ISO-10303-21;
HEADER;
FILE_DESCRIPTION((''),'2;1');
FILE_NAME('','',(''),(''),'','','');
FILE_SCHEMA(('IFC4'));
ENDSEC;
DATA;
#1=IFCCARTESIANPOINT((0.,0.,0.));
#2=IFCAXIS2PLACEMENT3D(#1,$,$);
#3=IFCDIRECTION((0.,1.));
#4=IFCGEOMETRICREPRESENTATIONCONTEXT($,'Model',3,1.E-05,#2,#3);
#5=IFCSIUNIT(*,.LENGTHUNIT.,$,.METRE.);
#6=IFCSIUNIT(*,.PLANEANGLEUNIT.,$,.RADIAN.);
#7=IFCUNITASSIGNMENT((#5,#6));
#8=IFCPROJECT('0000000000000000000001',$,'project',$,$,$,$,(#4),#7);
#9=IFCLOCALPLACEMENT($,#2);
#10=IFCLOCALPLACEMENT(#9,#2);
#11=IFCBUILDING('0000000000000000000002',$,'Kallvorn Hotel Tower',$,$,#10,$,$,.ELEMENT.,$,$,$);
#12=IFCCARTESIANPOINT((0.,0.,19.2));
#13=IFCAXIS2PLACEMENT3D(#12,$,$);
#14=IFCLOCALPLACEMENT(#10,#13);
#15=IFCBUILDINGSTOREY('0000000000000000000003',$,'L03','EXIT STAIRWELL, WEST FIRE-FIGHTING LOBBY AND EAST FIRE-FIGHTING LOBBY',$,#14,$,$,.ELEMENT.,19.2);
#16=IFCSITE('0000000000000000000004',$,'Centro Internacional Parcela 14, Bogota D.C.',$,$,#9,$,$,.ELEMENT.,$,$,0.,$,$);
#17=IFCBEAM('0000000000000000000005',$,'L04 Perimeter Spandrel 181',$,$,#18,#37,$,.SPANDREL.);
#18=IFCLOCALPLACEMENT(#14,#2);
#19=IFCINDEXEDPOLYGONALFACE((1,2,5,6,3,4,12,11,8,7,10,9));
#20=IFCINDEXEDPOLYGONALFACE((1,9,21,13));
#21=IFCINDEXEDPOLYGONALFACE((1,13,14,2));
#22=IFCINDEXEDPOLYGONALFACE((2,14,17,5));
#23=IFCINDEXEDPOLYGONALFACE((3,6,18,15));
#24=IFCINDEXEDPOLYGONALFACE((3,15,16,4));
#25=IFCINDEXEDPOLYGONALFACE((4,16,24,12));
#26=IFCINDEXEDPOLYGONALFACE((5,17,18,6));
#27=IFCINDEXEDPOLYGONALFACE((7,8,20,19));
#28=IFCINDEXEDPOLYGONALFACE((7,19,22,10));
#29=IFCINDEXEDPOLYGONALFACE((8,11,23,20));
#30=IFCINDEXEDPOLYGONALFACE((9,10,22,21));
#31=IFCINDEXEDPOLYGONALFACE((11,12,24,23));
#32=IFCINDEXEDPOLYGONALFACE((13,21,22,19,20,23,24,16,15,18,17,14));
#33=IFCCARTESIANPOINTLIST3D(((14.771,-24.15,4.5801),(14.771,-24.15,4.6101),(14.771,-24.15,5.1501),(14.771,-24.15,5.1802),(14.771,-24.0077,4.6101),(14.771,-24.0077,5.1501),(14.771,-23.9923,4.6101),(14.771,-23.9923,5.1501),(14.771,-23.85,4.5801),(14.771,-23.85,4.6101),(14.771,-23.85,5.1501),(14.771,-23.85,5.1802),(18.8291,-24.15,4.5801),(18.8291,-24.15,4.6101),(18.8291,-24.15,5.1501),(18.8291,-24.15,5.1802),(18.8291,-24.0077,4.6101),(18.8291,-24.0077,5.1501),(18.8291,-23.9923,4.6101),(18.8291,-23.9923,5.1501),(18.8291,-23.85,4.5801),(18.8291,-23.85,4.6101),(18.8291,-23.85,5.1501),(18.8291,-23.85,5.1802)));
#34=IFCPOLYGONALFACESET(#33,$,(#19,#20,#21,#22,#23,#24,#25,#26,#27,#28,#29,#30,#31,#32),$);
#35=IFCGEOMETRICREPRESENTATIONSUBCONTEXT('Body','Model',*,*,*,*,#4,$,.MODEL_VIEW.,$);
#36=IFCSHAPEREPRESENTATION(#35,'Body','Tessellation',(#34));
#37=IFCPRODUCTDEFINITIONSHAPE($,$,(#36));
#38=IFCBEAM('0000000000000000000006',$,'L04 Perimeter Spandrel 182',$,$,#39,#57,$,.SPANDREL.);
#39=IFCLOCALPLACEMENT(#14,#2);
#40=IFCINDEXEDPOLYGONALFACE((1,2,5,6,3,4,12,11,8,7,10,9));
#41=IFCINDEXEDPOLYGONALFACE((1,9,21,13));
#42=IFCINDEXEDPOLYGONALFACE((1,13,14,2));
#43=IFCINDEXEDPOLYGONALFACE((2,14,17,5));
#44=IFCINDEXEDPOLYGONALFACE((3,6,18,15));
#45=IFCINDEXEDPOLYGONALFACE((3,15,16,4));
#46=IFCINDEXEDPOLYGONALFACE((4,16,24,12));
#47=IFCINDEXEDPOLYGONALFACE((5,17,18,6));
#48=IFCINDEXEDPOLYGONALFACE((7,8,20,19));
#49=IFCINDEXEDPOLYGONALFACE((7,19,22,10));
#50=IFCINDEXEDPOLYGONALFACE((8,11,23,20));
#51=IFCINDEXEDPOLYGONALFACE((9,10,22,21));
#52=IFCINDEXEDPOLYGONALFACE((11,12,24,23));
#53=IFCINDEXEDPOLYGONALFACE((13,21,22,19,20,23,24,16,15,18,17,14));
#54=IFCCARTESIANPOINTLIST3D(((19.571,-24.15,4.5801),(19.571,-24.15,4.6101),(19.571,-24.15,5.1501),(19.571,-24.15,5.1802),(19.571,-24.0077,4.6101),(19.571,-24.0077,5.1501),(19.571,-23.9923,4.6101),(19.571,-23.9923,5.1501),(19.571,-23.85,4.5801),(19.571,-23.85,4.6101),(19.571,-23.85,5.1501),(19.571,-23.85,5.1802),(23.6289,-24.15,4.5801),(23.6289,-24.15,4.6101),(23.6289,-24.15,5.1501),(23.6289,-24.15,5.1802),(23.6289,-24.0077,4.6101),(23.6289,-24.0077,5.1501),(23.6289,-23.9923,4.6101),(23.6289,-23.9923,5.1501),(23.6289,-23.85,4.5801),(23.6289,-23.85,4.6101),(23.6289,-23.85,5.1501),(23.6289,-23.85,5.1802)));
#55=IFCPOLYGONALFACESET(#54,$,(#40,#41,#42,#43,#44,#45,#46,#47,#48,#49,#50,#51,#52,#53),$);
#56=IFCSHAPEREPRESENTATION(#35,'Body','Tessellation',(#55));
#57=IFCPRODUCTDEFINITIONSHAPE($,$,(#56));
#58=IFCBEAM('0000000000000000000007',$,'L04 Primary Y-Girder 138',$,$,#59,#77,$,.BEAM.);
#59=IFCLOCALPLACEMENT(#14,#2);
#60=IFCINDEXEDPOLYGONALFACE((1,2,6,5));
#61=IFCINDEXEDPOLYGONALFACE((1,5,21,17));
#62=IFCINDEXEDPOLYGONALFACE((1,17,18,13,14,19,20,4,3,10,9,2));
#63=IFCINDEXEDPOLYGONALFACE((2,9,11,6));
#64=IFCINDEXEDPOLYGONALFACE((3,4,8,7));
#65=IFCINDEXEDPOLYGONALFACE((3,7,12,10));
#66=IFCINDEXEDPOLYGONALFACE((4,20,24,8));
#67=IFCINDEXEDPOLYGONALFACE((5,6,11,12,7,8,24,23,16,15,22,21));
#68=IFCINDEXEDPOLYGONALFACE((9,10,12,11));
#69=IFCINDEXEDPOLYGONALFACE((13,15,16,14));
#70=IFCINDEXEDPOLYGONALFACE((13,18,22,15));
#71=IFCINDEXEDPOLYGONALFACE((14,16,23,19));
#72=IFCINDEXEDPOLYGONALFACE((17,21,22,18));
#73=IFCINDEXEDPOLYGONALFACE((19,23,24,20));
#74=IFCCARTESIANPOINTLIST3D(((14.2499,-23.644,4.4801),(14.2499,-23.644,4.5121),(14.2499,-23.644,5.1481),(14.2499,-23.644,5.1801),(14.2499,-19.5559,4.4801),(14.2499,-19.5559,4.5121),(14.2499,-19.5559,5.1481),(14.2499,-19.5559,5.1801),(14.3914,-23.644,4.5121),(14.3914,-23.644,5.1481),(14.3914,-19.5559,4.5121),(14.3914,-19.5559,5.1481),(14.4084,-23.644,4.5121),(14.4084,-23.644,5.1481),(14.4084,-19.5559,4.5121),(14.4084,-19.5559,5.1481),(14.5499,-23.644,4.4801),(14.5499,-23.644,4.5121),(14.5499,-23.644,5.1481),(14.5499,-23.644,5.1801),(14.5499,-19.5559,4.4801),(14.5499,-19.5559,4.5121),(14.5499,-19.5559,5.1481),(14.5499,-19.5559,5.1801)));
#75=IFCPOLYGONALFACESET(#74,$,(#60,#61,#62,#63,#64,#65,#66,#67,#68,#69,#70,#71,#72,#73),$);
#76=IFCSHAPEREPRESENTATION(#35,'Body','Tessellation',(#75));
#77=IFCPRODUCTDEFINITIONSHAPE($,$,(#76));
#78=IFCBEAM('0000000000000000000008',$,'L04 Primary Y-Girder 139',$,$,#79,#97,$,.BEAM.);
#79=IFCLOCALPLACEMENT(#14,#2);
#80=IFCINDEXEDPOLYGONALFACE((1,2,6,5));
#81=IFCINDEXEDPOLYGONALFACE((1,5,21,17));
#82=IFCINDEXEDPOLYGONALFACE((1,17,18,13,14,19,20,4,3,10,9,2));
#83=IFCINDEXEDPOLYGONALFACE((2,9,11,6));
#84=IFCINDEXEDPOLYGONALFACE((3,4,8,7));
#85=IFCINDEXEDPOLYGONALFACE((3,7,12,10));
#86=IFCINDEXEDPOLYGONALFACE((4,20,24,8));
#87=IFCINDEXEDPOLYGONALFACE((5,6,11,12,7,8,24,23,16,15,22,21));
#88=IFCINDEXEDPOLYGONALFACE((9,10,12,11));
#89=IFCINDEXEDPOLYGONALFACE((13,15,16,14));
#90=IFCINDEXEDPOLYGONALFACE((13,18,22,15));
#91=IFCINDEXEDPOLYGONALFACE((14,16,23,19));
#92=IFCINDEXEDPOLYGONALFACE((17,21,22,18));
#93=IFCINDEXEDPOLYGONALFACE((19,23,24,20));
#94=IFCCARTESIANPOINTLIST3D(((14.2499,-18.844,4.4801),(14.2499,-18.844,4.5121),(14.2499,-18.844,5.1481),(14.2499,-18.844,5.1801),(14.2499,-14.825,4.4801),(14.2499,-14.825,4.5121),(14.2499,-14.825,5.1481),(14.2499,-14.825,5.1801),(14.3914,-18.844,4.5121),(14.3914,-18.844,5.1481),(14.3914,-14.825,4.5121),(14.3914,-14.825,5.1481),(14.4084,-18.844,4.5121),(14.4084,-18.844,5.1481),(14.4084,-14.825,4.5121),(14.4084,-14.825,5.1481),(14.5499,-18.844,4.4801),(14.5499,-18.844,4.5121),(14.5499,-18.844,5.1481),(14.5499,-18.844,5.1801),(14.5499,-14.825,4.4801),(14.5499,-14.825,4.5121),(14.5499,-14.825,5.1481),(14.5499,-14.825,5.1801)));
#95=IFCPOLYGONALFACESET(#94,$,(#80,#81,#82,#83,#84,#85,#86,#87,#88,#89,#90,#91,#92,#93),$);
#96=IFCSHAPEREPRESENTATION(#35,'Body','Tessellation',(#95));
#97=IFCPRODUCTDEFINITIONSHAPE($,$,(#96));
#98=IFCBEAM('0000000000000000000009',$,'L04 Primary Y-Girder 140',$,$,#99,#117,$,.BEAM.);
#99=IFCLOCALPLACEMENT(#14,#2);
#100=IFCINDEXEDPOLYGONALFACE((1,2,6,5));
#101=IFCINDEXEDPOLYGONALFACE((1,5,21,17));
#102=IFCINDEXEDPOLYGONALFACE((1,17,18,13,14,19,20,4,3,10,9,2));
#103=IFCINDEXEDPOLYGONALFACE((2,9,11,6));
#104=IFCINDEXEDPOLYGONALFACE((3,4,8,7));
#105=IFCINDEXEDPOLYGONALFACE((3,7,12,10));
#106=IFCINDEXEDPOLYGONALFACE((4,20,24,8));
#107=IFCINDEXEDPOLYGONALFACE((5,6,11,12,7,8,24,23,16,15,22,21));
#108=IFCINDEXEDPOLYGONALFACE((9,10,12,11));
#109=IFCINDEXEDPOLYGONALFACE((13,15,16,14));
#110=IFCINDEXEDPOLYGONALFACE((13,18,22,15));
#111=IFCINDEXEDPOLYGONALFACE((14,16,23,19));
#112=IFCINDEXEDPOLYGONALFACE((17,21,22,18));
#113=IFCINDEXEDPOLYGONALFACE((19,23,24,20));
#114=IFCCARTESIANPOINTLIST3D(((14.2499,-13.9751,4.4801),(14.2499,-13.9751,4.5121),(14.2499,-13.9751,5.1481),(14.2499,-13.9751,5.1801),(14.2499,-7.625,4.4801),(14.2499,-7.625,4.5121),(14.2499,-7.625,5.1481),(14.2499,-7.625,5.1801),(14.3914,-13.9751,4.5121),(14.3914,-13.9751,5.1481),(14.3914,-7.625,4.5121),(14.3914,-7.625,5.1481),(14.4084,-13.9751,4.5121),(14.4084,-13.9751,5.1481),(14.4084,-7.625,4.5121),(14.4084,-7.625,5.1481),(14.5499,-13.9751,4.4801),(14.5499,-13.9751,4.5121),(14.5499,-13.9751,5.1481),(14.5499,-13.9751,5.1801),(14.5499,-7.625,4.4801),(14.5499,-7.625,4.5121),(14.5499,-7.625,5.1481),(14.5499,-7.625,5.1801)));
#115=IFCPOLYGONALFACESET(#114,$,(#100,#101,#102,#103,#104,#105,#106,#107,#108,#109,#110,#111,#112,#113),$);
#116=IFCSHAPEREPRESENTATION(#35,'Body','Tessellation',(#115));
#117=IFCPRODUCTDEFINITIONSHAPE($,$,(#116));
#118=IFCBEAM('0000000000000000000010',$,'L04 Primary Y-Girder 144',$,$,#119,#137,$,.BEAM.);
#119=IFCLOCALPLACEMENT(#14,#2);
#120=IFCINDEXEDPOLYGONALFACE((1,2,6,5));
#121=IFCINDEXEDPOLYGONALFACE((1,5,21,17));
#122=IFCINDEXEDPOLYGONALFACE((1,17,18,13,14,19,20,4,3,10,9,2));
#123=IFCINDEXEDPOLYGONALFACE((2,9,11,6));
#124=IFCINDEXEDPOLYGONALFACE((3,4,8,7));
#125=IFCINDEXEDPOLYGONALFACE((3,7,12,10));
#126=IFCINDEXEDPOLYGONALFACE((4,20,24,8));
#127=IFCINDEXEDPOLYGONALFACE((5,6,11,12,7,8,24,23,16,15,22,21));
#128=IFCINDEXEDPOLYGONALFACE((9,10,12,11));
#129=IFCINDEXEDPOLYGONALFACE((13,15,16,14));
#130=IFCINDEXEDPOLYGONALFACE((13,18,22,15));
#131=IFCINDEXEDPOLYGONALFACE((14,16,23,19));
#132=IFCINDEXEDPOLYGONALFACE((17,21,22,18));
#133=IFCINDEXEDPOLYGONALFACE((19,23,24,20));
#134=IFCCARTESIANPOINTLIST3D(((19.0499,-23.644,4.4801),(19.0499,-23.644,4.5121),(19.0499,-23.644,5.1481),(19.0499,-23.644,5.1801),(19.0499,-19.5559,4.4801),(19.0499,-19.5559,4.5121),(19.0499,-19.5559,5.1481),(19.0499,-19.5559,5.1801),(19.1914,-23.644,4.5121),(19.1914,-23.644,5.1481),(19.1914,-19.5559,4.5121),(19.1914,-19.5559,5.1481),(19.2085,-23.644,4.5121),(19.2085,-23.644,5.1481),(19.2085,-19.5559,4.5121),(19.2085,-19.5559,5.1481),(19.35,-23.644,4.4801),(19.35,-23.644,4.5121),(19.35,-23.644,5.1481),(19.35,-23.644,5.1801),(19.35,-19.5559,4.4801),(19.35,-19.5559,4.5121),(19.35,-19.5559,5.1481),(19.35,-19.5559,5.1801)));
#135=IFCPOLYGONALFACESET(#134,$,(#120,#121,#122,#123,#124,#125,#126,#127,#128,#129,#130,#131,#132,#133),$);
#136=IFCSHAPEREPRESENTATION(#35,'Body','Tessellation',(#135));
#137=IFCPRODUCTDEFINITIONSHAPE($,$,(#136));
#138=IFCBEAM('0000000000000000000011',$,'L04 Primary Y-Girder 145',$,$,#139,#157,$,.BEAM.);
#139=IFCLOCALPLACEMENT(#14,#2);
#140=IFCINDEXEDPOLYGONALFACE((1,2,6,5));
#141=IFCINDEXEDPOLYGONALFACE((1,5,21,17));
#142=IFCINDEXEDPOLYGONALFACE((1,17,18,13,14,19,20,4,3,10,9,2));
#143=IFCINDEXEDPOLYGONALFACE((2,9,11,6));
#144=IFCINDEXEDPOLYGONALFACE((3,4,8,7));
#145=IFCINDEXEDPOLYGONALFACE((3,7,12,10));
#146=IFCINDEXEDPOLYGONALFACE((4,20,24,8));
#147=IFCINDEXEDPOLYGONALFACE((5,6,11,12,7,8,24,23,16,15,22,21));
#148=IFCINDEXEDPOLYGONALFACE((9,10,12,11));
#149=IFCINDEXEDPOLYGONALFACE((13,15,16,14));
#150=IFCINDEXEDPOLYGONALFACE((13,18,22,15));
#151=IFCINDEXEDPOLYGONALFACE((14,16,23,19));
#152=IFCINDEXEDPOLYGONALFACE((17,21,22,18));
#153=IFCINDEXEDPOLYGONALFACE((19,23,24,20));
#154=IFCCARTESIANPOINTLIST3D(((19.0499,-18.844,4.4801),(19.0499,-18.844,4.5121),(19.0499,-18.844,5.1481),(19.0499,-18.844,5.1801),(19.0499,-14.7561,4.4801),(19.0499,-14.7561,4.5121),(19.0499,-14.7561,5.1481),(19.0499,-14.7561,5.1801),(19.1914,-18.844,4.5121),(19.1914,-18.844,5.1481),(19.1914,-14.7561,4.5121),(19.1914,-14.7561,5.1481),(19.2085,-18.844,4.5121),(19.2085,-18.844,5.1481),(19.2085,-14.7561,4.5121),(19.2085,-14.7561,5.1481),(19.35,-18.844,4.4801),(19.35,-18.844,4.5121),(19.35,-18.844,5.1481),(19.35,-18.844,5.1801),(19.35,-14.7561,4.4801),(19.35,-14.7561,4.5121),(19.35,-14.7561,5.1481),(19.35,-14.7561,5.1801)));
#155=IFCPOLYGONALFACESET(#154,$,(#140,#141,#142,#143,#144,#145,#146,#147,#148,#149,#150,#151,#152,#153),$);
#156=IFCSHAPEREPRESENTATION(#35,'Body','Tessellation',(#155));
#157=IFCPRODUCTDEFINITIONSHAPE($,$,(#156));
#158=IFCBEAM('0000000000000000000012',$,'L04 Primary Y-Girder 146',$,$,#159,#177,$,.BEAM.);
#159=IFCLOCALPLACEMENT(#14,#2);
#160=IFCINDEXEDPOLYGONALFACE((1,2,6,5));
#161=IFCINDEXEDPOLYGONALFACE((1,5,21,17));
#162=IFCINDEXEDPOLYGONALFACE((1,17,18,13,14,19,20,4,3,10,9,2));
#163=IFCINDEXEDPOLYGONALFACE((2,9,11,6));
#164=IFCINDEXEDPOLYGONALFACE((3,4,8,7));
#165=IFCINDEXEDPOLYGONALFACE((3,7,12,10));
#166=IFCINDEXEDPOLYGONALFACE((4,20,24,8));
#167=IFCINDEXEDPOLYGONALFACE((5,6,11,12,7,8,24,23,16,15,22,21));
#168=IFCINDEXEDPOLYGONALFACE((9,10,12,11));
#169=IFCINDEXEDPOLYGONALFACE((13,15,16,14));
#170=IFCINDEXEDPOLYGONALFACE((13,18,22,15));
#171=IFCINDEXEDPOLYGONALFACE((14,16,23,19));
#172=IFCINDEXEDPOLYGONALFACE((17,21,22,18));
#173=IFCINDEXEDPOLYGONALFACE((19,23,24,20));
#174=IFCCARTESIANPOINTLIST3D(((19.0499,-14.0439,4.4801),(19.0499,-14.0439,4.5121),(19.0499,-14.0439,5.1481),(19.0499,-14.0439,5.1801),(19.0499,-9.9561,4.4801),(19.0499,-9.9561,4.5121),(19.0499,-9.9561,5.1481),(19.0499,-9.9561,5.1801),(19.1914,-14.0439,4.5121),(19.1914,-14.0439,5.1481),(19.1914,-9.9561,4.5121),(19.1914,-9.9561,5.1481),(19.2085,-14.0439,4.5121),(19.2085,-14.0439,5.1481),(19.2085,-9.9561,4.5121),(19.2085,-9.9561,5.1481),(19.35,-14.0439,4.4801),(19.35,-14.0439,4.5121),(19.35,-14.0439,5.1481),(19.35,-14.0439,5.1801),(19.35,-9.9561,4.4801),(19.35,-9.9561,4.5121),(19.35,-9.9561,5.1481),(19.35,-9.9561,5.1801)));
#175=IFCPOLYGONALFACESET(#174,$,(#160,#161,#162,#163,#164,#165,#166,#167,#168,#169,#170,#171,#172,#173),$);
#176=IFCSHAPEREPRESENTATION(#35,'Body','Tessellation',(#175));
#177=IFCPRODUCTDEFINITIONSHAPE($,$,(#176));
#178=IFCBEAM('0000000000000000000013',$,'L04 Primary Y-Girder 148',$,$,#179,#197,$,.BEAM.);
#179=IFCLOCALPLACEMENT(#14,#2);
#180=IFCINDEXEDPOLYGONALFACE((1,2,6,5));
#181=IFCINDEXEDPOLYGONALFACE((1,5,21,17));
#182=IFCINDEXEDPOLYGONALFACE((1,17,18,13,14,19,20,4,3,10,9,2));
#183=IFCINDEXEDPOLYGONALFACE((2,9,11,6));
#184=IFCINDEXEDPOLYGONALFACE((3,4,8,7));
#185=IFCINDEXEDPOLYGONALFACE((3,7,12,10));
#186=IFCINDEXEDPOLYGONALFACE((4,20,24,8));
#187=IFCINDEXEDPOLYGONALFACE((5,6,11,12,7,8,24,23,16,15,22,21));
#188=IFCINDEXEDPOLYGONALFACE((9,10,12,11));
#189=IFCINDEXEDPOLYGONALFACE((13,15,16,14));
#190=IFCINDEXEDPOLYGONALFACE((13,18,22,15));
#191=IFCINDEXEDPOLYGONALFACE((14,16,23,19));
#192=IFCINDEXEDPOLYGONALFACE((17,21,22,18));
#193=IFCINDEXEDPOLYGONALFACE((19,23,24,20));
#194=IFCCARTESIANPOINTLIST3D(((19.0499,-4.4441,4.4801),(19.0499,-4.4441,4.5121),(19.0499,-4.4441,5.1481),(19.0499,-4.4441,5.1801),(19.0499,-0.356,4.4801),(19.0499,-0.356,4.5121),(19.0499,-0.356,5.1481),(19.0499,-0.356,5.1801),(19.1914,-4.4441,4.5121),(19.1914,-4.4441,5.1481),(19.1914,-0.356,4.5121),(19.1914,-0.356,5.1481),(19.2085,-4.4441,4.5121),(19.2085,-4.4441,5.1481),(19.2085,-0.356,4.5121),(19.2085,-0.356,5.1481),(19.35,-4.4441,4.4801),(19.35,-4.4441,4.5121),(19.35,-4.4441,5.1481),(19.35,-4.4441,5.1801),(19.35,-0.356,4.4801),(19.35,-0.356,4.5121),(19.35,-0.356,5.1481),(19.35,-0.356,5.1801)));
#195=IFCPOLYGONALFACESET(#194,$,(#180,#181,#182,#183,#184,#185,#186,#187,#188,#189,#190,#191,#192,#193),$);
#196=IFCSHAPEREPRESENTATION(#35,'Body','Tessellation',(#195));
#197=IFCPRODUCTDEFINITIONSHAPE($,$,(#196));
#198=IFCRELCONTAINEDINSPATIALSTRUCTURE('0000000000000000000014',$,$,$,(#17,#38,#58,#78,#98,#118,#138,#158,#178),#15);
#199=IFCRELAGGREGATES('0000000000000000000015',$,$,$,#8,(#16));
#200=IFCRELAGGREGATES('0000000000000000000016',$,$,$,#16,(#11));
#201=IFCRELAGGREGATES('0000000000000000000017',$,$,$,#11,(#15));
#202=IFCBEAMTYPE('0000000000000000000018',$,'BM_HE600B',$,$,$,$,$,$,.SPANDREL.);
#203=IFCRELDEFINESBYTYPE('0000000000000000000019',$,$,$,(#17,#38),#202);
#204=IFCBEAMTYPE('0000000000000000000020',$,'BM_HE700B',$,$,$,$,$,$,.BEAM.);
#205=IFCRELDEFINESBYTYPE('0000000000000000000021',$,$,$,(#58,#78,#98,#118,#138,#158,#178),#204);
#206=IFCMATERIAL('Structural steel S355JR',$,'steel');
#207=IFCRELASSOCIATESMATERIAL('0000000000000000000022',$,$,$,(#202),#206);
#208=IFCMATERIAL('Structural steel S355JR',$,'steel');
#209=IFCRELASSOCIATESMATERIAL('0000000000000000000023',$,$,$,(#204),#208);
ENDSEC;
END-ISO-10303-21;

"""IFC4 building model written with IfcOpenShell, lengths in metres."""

from ifc_helpers import new_model, si_unit, direction, frame, origin, origin_2d, place, context, subcontext, project, spatial, i_section, extrude, material, material_profile, profile_set, type_object, element, save


model = new_model("IFC4")

# Units and contexts
model_context = context("Model", 3, precision=1e-05, world=origin(), true_north=direction((0.0, 1.0)))
body_context = subcontext(model_context, "Body", "Model", "MODEL_VIEW")
ifc_project = project(units=[si_unit("LENGTHUNIT", "METRE"), si_unit("PLANEANGLEUNIT", "RADIAN")], contexts=[model_context])

# Site, building, storey
site_placement = place(None, origin())
site = spatial("IfcSite", under=ifc_project, at=site_placement, Name="Centro Internacional Parcela 14, Bogota D.C.", CompositionType="ELEMENT", RefElevation=0.0)
building_placement = place(site_placement, origin())
building = spatial("IfcBuilding", under=site, at=building_placement, Name="Kallvorn Hotel Tower", CompositionType="ELEMENT")
storey_placement = place(building_placement, frame((0.0, 0.0, 19.2)))
storey = spatial("IfcBuildingStorey", under=building, at=storey_placement, Name="L03", Description="EXIT STAIRWELL, WEST FIRE-FIGHTING LOBBY AND EAST FIRE-FIGHTING LOBBY", CompositionType="ELEMENT", Elevation=19.2)

# Beams
ifc_material_1 = material(Name="Structural steel S355JR", Category="steel")
ifc_material_profile_1 = material_profile(ifc_material_1, i_section(OverallWidth=0.3, OverallDepth=0.6001, WebThickness=0.0154, FlangeThickness=0.03, at=origin_2d()), Name="HE 600 B")
ifc_profile_set_1 = profile_set([ifc_material_profile_1], Name="Structural steel S355JR")
beam_type_1 = type_object("IfcBeamType", Name="BM_HE600B", PredefinedType="SPANDREL", material=ifc_profile_set_1)
beam_1_placement = place(storey_placement, frame((14.771, -24.0, 4.8801), z_axis=(1.0, 0.0, 0.0), x_axis=(0.0, 1.0, 0.0)))
element("IfcBeam", 1, at=beam_1_placement, inside=storey, type_object=beam_type_1, Name="L04 Perimeter Spandrel 181", PredefinedType="SPANDREL", context=body_context, shape_type="SweptSolid", body=[
    extrude(i_section(OverallWidth=0.3, OverallDepth=0.6001, WebThickness=0.0154, FlangeThickness=0.03, at=origin_2d()), origin(), (0.0, 0.0, 1.0), 4.0581),
])
beam_2_placement = place(storey_placement, frame((19.571, -24.0, 4.8801), z_axis=(1.0, 0.0, 0.0), x_axis=(0.0, 1.0, 0.0)))
element("IfcBeam", 2, at=beam_2_placement, inside=storey, type_object=beam_type_1, Name="L04 Perimeter Spandrel 182", PredefinedType="SPANDREL", context=body_context, shape_type="SweptSolid", body=[
    extrude(i_section(OverallWidth=0.3, OverallDepth=0.6001, WebThickness=0.0154, FlangeThickness=0.03, at=origin_2d()), origin(), (0.0, 0.0, 1.0), 4.0579),
])
ifc_material_2 = material(Name="Structural steel S355JR", Category="steel")
ifc_material_profile_2 = material_profile(ifc_material_2, i_section(OverallWidth=0.3, OverallDepth=0.7, WebThickness=0.0171, FlangeThickness=0.032, at=origin_2d()), Name="HE 700 B")
ifc_profile_set_2 = profile_set([ifc_material_profile_2], Name="Structural steel S355JR")
beam_type_2 = type_object("IfcBeamType", Name="BM_HE700B", PredefinedType="BEAM", material=ifc_profile_set_2)
beam_3_placement = place(storey_placement, frame((14.3999, -23.644, 4.8301), z_axis=(0.0, 1.0, 0.0), x_axis=(-1.0, 0.0, 0.0)))
element("IfcBeam", 3, at=beam_3_placement, inside=storey, type_object=beam_type_2, Name="L04 Primary Y-Girder 138", PredefinedType="BEAM", context=body_context, shape_type="SweptSolid", body=[
    extrude(i_section(OverallWidth=0.3, OverallDepth=0.7, WebThickness=0.0171, FlangeThickness=0.032, at=origin_2d()), origin(), (0.0, 0.0, 1.0), 4.0881),
])
beam_4_placement = place(storey_placement, frame((14.3999, -18.844, 4.8301), z_axis=(0.0, 1.0, 0.0), x_axis=(-1.0, 0.0, 0.0)))
element("IfcBeam", 4, at=beam_4_placement, inside=storey, type_object=beam_type_2, Name="L04 Primary Y-Girder 139", PredefinedType="BEAM", context=body_context, shape_type="SweptSolid", body=[
    extrude(i_section(OverallWidth=0.3, OverallDepth=0.7, WebThickness=0.0171, FlangeThickness=0.032, at=origin_2d()), origin(), (0.0, 0.0, 1.0), 4.019),
])
beam_5_placement = place(storey_placement, frame((14.3999, -13.9751, 4.8301), z_axis=(0.0, 1.0, 0.0), x_axis=(-1.0, 0.0, 0.0)))
element("IfcBeam", 5, at=beam_5_placement, inside=storey, type_object=beam_type_2, Name="L04 Primary Y-Girder 140", PredefinedType="BEAM", context=body_context, shape_type="SweptSolid", body=[
    extrude(i_section(OverallWidth=0.3, OverallDepth=0.7, WebThickness=0.0171, FlangeThickness=0.032, at=origin_2d()), origin(), (0.0, 0.0, 1.0), 6.3501),
])
beam_6_placement = place(storey_placement, frame((19.2, -23.644, 4.8301), z_axis=(0.0, 1.0, 0.0), x_axis=(-1.0, 0.0, 0.0)))
element("IfcBeam", 6, at=beam_6_placement, inside=storey, type_object=beam_type_2, Name="L04 Primary Y-Girder 144", PredefinedType="BEAM", context=body_context, shape_type="SweptSolid", body=[
    extrude(i_section(OverallWidth=0.3, OverallDepth=0.7, WebThickness=0.0171, FlangeThickness=0.032, at=origin_2d()), origin(), (0.0, 0.0, 1.0), 4.0881),
])
for number, where, z_axis, x_axis, name in (
    (7, (19.2, -18.844, 4.8301), (0.0, 1.0, 0.0), (-1.0, 0.0, 0.0), "L04 Primary Y-Girder 145"),
    (8, (19.2, -14.0439, 4.8301), (0.0, 1.0, 0.0), (-1.0, 0.0, 0.0), "L04 Primary Y-Girder 146"),
):
    element("IfcBeam", number, at=place(storey_placement, frame(where, z_axis=z_axis, x_axis=x_axis)), inside=storey, type_object=beam_type_2, Name=name, PredefinedType="BEAM", context=body_context, shape_type="SweptSolid", body=[
        extrude(i_section(OverallWidth=0.3, OverallDepth=0.7, WebThickness=0.0171, FlangeThickness=0.032, at=origin_2d()), origin(), (0.0, 0.0, 1.0), 4.0879),
    ])
for number, where, z_axis, x_axis, name in (
    (9, (19.2, -4.4441, 4.8301), (0.0, 1.0, 0.0), (-1.0, 0.0, 0.0), "L04 Primary Y-Girder 148"),
):
    element("IfcBeam", number, at=place(storey_placement, frame(where, z_axis=z_axis, x_axis=x_axis)), inside=storey, type_object=beam_type_2, Name=name, PredefinedType="BEAM", context=body_context, shape_type="SweptSolid", body=[
        extrude(i_section(OverallWidth=0.3, OverallDepth=0.7, WebThickness=0.0171, FlangeThickness=0.032, at=origin_2d()), origin(), (0.0, 0.0, 1.0), 4.0881),
    ])

save(model, "model.ifc")
